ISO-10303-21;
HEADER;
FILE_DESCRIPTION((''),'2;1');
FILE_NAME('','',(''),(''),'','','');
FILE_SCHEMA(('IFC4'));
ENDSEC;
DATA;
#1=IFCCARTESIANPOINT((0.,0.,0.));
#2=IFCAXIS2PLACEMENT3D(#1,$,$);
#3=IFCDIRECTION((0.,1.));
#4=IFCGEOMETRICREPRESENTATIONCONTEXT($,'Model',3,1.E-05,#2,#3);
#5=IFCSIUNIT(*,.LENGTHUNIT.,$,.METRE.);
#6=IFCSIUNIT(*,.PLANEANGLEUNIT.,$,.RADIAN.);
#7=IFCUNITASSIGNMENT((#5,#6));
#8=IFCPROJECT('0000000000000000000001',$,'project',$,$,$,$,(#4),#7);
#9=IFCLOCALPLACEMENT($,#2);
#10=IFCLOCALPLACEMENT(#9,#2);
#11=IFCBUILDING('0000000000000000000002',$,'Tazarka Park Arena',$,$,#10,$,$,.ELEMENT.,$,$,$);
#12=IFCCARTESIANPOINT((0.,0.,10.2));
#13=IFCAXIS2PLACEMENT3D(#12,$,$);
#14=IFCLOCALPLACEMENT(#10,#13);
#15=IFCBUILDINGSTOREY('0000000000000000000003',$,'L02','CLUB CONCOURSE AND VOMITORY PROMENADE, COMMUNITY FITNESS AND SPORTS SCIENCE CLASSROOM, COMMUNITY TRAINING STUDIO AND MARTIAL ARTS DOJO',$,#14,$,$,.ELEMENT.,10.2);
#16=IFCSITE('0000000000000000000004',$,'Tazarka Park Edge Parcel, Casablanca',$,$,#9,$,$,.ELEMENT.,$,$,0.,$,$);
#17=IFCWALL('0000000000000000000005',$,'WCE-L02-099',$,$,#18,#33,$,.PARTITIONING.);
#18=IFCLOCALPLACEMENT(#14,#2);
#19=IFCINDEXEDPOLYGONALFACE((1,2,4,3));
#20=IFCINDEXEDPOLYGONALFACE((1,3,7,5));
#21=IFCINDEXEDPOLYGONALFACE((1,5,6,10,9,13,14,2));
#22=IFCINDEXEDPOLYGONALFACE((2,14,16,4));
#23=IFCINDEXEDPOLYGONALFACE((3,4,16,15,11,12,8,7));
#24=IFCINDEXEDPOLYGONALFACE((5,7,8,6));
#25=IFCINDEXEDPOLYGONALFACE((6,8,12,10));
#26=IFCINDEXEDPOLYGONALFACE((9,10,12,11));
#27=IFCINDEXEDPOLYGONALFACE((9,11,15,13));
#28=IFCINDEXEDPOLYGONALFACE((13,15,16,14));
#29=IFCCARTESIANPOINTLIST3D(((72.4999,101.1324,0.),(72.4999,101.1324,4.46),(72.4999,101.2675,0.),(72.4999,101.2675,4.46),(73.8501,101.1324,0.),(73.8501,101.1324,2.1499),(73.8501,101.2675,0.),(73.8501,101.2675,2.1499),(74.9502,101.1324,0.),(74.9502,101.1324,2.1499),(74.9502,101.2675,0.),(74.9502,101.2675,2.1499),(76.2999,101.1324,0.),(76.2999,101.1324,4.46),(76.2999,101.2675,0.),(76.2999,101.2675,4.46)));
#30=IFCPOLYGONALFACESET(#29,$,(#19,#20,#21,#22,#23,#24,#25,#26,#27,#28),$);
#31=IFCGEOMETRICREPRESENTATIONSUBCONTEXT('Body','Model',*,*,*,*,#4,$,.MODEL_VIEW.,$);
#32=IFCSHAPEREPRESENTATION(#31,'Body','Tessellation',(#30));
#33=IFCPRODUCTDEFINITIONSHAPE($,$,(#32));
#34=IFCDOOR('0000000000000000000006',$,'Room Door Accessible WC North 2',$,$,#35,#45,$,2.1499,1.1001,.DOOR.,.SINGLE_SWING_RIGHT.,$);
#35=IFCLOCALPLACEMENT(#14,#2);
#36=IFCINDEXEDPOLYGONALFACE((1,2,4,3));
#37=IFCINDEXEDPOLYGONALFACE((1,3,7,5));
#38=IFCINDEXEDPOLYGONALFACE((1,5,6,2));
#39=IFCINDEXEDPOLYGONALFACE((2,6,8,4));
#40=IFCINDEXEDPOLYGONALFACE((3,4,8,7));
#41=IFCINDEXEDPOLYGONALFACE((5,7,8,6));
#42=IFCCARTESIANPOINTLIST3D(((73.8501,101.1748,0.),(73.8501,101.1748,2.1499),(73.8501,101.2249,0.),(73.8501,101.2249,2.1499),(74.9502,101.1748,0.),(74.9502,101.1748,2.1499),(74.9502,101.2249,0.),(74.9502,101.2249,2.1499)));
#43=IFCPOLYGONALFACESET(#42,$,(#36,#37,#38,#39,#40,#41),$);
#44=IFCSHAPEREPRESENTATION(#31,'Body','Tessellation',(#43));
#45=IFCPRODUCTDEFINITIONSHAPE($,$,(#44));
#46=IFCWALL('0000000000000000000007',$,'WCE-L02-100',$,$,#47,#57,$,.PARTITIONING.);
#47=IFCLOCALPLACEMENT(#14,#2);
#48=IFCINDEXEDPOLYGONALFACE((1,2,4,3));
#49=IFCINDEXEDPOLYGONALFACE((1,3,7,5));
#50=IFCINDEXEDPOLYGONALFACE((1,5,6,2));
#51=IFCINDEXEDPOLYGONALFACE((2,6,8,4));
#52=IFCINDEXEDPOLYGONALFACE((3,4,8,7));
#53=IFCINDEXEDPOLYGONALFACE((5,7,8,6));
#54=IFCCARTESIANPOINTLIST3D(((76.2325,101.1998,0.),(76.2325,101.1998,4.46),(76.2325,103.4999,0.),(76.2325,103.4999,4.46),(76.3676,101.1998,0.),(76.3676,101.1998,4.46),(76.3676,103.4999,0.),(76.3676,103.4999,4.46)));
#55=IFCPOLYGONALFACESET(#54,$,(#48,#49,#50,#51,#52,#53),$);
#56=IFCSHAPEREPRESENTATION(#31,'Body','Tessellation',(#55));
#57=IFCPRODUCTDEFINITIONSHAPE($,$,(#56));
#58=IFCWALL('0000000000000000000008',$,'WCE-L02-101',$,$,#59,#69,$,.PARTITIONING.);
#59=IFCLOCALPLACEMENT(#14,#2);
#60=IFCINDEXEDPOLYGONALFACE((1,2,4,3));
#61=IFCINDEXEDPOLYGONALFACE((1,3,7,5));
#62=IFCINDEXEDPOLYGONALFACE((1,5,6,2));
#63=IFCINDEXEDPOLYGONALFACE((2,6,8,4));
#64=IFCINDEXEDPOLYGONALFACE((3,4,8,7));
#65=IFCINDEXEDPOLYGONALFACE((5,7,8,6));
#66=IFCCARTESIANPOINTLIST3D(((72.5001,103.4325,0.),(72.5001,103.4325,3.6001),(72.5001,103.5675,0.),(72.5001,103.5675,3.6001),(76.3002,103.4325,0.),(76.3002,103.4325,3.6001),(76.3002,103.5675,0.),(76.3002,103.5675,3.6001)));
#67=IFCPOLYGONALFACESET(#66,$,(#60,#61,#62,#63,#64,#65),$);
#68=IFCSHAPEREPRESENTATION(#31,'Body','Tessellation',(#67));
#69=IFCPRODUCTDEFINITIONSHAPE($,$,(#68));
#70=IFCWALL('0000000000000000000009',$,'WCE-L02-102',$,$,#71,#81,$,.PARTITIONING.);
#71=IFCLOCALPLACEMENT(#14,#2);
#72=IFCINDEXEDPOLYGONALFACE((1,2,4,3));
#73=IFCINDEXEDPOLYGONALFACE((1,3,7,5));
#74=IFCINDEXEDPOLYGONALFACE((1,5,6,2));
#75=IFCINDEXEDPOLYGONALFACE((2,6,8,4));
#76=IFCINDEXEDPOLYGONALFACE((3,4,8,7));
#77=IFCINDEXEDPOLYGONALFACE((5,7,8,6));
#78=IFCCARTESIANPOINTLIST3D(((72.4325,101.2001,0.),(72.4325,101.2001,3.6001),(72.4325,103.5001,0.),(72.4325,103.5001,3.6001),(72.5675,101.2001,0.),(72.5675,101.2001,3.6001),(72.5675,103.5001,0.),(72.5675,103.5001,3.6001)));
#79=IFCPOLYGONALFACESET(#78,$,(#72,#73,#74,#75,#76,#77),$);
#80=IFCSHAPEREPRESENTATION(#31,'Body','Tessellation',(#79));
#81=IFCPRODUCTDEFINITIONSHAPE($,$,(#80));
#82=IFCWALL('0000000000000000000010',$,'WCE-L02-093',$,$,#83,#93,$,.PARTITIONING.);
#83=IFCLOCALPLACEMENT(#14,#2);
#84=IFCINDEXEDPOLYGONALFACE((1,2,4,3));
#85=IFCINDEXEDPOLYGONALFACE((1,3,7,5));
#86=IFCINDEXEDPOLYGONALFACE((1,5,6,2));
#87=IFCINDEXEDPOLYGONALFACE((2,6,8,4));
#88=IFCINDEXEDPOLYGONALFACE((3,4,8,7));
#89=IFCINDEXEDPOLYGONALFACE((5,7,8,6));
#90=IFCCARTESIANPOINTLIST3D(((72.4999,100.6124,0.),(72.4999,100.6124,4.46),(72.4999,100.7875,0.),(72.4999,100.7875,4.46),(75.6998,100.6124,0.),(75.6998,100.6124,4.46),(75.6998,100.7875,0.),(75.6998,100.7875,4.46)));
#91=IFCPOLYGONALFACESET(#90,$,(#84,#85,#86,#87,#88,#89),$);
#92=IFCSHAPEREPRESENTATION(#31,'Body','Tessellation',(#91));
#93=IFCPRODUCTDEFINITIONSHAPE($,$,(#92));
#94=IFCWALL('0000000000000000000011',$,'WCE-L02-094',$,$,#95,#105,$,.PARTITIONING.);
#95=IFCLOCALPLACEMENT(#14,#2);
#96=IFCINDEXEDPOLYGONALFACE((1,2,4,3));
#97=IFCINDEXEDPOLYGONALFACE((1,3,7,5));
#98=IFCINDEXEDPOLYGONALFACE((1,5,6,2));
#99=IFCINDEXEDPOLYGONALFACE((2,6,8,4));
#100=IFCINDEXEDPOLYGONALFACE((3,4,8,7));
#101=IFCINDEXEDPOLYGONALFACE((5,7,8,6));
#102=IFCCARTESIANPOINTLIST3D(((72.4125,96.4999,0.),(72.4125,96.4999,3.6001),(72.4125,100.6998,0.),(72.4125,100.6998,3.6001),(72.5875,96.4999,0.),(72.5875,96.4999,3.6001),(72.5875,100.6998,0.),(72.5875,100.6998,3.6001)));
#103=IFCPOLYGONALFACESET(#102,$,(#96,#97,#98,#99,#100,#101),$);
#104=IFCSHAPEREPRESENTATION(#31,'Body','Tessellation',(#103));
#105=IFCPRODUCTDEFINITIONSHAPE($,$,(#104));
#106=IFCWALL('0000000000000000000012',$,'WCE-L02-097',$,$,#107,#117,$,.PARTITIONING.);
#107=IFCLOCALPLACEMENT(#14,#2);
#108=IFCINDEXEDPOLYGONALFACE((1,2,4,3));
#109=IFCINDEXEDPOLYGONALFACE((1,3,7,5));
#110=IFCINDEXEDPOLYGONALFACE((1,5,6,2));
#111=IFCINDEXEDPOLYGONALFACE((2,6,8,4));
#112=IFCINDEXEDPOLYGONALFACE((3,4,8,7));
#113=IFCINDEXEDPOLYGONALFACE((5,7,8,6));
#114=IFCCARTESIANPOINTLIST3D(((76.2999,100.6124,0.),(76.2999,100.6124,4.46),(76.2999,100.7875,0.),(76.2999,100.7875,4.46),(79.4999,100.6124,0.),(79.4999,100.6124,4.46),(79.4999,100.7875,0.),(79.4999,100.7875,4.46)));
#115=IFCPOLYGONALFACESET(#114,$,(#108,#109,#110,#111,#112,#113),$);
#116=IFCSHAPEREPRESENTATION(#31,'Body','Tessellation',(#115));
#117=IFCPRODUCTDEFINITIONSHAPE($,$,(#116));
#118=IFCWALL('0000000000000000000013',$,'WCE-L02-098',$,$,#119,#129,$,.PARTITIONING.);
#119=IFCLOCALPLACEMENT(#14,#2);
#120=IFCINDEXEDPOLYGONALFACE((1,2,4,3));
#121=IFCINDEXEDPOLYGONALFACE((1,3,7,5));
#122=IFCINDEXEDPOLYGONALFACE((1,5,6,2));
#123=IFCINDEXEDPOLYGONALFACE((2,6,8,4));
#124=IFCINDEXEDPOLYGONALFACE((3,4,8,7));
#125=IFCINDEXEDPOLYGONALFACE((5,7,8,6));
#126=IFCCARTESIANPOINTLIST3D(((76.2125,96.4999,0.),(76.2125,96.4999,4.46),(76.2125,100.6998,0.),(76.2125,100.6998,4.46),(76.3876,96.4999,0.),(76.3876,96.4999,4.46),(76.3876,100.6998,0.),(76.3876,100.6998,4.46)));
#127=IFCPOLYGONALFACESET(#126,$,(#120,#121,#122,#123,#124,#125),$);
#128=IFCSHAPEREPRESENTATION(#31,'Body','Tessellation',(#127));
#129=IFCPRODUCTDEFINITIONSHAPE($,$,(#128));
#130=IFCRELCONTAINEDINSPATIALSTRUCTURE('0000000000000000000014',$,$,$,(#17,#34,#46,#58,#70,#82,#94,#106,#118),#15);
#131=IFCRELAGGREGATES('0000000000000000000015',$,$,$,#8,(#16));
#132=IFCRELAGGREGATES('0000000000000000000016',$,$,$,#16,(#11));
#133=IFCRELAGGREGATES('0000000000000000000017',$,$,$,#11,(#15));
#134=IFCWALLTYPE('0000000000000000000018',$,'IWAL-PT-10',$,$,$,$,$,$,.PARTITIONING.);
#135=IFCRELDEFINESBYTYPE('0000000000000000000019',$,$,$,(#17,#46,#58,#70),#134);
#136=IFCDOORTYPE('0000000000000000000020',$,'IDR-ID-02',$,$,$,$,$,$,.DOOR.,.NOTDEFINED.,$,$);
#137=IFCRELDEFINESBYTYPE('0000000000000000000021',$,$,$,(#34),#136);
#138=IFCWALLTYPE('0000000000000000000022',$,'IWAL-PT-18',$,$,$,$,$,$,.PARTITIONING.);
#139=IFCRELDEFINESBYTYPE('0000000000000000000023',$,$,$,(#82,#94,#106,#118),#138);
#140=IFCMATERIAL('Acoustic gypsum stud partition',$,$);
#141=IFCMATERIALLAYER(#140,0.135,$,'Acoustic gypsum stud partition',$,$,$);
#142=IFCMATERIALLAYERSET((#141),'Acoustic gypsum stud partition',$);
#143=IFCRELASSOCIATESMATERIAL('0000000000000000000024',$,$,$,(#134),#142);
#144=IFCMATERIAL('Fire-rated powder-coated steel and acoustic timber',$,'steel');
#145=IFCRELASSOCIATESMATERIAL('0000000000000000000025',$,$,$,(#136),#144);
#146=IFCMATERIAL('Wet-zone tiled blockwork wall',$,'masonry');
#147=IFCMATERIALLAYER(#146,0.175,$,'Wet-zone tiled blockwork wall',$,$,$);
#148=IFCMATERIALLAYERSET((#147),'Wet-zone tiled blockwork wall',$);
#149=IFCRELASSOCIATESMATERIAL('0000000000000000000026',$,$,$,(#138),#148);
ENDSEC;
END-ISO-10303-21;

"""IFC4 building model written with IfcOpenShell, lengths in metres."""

from ifc_helpers import new_model, si_unit, direction, frame, frame_2d, origin, place, context, subcontext, project, spatial, rectangle, extrude, material, layer, layer_set, type_object, element, fill, save


model = new_model("IFC4")

# Units and contexts
model_context = context("Model", 3, precision=1e-05, world=origin(), true_north=direction((0.0, 1.0)))
body_context = subcontext(model_context, "Body", "Model", "MODEL_VIEW")
ifc_project = project(units=[si_unit("LENGTHUNIT", "METRE"), si_unit("PLANEANGLEUNIT", "RADIAN")], contexts=[model_context])

# Site, building, storey
site_placement = place(None, origin())
site = spatial("IfcSite", under=ifc_project, at=site_placement, Name="Tazarka Park Edge Parcel, Casablanca", CompositionType="ELEMENT", RefElevation=0.0)
building_placement = place(site_placement, origin())
building = spatial("IfcBuilding", under=site, at=building_placement, Name="Tazarka Park Arena", CompositionType="ELEMENT")
storey_placement = place(building_placement, frame((0.0, 0.0, 10.2)))
storey = spatial("IfcBuildingStorey", under=building, at=storey_placement, Name="L02", Description="CLUB CONCOURSE AND VOMITORY PROMENADE, COMMUNITY FITNESS AND SPORTS SCIENCE CLASSROOM, COMMUNITY TRAINING STUDIO AND MARTIAL ARTS DOJO", CompositionType="ELEMENT", Elevation=10.2)

# Wall, opening, door
ifc_material_1 = material(Name="Acoustic gypsum stud partition")
ifc_layer_1 = layer(ifc_material_1, 0.135, Name="Acoustic gypsum stud partition")
ifc_layer_set_1 = layer_set([ifc_layer_1], Name="Acoustic gypsum stud partition")
wall_type_1 = type_object("IfcWallType", Name="IWAL-PT-10", PredefinedType="PARTITIONING", material=ifc_layer_set_1)
wall_1_placement = place(storey_placement, frame((72.5, 101.2, 0.0), z_axis=(0.0, 0.0, 1.0), x_axis=(1.0, 0.0, 0.0)))
wall_1 = element("IfcWall", 1, at=wall_1_placement, inside=storey, type_object=wall_type_1, Name="WCE-L02-099", PredefinedType="PARTITIONING", context=body_context, shape_type="SweptSolid", body=[
    extrude(rectangle(XDim=3.8, YDim=0.135, at=frame_2d((1.8999, 0.0))), origin(), (0.0, 0.0, 1.0), 4.46),
])
opening_1_placement = place(wall_1_placement, frame((1.3501, 0.0, 0.0)))
opening_1 = element("IfcOpeningElement", 2, at=opening_1_placement, cuts=wall_1, PredefinedType="OPENING", context=body_context, shape_type="SweptSolid", body=[
    extrude(rectangle(XDim=1.1001, YDim=2.1499, at=frame_2d((0.55, 1.075))), frame((0.0, 0.0776, 0.0), z_axis=(0.0, -1.0, 0.0), x_axis=(1.0, 0.0, 0.0)), (0.0, 0.0, 1.0), 0.155),
])
ifc_material_2 = material(Name="Fire-rated powder-coated steel and acoustic timber", Category="steel")
door_type_1 = type_object("IfcDoorType", Name="IDR-ID-02", OperationType="NOTDEFINED", PredefinedType="DOOR", material=ifc_material_2)
door_1_placement = place(opening_1_placement, origin())
door_1 = element("IfcDoor", 3, at=door_1_placement, inside=storey, type_object=door_type_1, Name="Room Door Accessible WC North 2", OperationType="SINGLE_SWING_RIGHT", OverallHeight=2.1499, OverallWidth=1.1001, PredefinedType="DOOR", context=body_context, shape_type="SweptSolid", body=[
    extrude(rectangle(XDim=1.1001, YDim=2.1499, at=frame_2d((0.55, 1.075))), frame((0.0, 0.0249, 0.0), z_axis=(0.0, -1.0, 0.0), x_axis=(1.0, 0.0, 0.0)), (0.0, 0.0, 1.0), 0.05),
])
fill(opening_1, door_1)

# Walls
wall_2_placement = place(storey_placement, frame((76.3, 101.2, 0.0), z_axis=(0.0, 0.0, 1.0), x_axis=(0.0, 1.0, 0.0)))
element("IfcWall", 4, at=wall_2_placement, inside=storey, type_object=wall_type_1, Name="WCE-L02-100", PredefinedType="PARTITIONING", context=body_context, shape_type="SweptSolid", body=[
    extrude(rectangle(XDim=2.3, YDim=0.135, at=frame_2d((1.1499, 0.0))), origin(), (0.0, 0.0, 1.0), 4.46),
])
wall_3_placement = place(storey_placement, frame((76.3, 103.5, 0.0), z_axis=(0.0, 0.0, 1.0), x_axis=(-1.0, 0.0, 0.0)))
element("IfcWall", 5, at=wall_3_placement, inside=storey, type_object=wall_type_1, Name="WCE-L02-101", PredefinedType="PARTITIONING", context=body_context, shape_type="SweptSolid", body=[
    extrude(rectangle(XDim=3.8, YDim=0.135, at=frame_2d((1.8999, 0.0))), origin(), (0.0, 0.0, 1.0), 3.6001),
])
wall_4_placement = place(storey_placement, frame((72.5, 103.5, 0.0), z_axis=(0.0, 0.0, 1.0), x_axis=(0.0, -1.0, 0.0)))
element("IfcWall", 6, at=wall_4_placement, inside=storey, type_object=wall_type_1, Name="WCE-L02-102", PredefinedType="PARTITIONING", context=body_context, shape_type="SweptSolid", body=[
    extrude(rectangle(XDim=2.3, YDim=0.135, at=frame_2d((1.1499, 0.0))), origin(), (0.0, 0.0, 1.0), 3.6001),
])
ifc_material_3 = material(Name="Wet-zone tiled blockwork wall", Category="masonry")
ifc_layer_2 = layer(ifc_material_3, 0.175, Name="Wet-zone tiled blockwork wall")
ifc_layer_set_2 = layer_set([ifc_layer_2], Name="Wet-zone tiled blockwork wall")
wall_type_2 = type_object("IfcWallType", Name="IWAL-PT-18", PredefinedType="PARTITIONING", material=ifc_layer_set_2)
wall_5_placement = place(storey_placement, frame((75.7, 100.7, 0.0), z_axis=(0.0, 0.0, 1.0), x_axis=(-1.0, 0.0, 0.0)))
element("IfcWall", 7, at=wall_5_placement, inside=storey, type_object=wall_type_2, Name="WCE-L02-093", PredefinedType="PARTITIONING", context=body_context, shape_type="SweptSolid", body=[
    extrude(rectangle(XDim=3.2, YDim=0.175, at=frame_2d((1.6001, 0.0))), origin(), (0.0, 0.0, 1.0), 4.46),
])
wall_6_placement = place(storey_placement, frame((72.5, 100.7, 0.0), z_axis=(0.0, 0.0, 1.0), x_axis=(0.0, -1.0, 0.0)))
element("IfcWall", 8, at=wall_6_placement, inside=storey, type_object=wall_type_2, Name="WCE-L02-094", PredefinedType="PARTITIONING", context=body_context, shape_type="SweptSolid", body=[
    extrude(rectangle(XDim=4.2, YDim=0.175, at=frame_2d((2.1001, 0.0))), origin(), (0.0, 0.0, 1.0), 3.6001),
])
wall_7_placement = place(storey_placement, frame((79.5, 100.7, 0.0), z_axis=(0.0, 0.0, 1.0), x_axis=(-1.0, 0.0, 0.0)))
element("IfcWall", 9, at=wall_7_placement, inside=storey, type_object=wall_type_2, Name="WCE-L02-097", PredefinedType="PARTITIONING", context=body_context, shape_type="SweptSolid", body=[
    extrude(rectangle(XDim=3.2, YDim=0.175, at=frame_2d((1.6001, 0.0))), origin(), (0.0, 0.0, 1.0), 4.46),
])
wall_8_placement = place(storey_placement, frame((76.3, 100.7, 0.0), z_axis=(0.0, 0.0, 1.0), x_axis=(0.0, -1.0, 0.0)))
element("IfcWall", 10, at=wall_8_placement, inside=storey, type_object=wall_type_2, Name="WCE-L02-098", PredefinedType="PARTITIONING", context=body_context, shape_type="SweptSolid", body=[
    extrude(rectangle(XDim=4.2, YDim=0.175, at=frame_2d((2.1001, 0.0))), origin(), (0.0, 0.0, 1.0), 4.46),
])

save(model, "model.ifc")
